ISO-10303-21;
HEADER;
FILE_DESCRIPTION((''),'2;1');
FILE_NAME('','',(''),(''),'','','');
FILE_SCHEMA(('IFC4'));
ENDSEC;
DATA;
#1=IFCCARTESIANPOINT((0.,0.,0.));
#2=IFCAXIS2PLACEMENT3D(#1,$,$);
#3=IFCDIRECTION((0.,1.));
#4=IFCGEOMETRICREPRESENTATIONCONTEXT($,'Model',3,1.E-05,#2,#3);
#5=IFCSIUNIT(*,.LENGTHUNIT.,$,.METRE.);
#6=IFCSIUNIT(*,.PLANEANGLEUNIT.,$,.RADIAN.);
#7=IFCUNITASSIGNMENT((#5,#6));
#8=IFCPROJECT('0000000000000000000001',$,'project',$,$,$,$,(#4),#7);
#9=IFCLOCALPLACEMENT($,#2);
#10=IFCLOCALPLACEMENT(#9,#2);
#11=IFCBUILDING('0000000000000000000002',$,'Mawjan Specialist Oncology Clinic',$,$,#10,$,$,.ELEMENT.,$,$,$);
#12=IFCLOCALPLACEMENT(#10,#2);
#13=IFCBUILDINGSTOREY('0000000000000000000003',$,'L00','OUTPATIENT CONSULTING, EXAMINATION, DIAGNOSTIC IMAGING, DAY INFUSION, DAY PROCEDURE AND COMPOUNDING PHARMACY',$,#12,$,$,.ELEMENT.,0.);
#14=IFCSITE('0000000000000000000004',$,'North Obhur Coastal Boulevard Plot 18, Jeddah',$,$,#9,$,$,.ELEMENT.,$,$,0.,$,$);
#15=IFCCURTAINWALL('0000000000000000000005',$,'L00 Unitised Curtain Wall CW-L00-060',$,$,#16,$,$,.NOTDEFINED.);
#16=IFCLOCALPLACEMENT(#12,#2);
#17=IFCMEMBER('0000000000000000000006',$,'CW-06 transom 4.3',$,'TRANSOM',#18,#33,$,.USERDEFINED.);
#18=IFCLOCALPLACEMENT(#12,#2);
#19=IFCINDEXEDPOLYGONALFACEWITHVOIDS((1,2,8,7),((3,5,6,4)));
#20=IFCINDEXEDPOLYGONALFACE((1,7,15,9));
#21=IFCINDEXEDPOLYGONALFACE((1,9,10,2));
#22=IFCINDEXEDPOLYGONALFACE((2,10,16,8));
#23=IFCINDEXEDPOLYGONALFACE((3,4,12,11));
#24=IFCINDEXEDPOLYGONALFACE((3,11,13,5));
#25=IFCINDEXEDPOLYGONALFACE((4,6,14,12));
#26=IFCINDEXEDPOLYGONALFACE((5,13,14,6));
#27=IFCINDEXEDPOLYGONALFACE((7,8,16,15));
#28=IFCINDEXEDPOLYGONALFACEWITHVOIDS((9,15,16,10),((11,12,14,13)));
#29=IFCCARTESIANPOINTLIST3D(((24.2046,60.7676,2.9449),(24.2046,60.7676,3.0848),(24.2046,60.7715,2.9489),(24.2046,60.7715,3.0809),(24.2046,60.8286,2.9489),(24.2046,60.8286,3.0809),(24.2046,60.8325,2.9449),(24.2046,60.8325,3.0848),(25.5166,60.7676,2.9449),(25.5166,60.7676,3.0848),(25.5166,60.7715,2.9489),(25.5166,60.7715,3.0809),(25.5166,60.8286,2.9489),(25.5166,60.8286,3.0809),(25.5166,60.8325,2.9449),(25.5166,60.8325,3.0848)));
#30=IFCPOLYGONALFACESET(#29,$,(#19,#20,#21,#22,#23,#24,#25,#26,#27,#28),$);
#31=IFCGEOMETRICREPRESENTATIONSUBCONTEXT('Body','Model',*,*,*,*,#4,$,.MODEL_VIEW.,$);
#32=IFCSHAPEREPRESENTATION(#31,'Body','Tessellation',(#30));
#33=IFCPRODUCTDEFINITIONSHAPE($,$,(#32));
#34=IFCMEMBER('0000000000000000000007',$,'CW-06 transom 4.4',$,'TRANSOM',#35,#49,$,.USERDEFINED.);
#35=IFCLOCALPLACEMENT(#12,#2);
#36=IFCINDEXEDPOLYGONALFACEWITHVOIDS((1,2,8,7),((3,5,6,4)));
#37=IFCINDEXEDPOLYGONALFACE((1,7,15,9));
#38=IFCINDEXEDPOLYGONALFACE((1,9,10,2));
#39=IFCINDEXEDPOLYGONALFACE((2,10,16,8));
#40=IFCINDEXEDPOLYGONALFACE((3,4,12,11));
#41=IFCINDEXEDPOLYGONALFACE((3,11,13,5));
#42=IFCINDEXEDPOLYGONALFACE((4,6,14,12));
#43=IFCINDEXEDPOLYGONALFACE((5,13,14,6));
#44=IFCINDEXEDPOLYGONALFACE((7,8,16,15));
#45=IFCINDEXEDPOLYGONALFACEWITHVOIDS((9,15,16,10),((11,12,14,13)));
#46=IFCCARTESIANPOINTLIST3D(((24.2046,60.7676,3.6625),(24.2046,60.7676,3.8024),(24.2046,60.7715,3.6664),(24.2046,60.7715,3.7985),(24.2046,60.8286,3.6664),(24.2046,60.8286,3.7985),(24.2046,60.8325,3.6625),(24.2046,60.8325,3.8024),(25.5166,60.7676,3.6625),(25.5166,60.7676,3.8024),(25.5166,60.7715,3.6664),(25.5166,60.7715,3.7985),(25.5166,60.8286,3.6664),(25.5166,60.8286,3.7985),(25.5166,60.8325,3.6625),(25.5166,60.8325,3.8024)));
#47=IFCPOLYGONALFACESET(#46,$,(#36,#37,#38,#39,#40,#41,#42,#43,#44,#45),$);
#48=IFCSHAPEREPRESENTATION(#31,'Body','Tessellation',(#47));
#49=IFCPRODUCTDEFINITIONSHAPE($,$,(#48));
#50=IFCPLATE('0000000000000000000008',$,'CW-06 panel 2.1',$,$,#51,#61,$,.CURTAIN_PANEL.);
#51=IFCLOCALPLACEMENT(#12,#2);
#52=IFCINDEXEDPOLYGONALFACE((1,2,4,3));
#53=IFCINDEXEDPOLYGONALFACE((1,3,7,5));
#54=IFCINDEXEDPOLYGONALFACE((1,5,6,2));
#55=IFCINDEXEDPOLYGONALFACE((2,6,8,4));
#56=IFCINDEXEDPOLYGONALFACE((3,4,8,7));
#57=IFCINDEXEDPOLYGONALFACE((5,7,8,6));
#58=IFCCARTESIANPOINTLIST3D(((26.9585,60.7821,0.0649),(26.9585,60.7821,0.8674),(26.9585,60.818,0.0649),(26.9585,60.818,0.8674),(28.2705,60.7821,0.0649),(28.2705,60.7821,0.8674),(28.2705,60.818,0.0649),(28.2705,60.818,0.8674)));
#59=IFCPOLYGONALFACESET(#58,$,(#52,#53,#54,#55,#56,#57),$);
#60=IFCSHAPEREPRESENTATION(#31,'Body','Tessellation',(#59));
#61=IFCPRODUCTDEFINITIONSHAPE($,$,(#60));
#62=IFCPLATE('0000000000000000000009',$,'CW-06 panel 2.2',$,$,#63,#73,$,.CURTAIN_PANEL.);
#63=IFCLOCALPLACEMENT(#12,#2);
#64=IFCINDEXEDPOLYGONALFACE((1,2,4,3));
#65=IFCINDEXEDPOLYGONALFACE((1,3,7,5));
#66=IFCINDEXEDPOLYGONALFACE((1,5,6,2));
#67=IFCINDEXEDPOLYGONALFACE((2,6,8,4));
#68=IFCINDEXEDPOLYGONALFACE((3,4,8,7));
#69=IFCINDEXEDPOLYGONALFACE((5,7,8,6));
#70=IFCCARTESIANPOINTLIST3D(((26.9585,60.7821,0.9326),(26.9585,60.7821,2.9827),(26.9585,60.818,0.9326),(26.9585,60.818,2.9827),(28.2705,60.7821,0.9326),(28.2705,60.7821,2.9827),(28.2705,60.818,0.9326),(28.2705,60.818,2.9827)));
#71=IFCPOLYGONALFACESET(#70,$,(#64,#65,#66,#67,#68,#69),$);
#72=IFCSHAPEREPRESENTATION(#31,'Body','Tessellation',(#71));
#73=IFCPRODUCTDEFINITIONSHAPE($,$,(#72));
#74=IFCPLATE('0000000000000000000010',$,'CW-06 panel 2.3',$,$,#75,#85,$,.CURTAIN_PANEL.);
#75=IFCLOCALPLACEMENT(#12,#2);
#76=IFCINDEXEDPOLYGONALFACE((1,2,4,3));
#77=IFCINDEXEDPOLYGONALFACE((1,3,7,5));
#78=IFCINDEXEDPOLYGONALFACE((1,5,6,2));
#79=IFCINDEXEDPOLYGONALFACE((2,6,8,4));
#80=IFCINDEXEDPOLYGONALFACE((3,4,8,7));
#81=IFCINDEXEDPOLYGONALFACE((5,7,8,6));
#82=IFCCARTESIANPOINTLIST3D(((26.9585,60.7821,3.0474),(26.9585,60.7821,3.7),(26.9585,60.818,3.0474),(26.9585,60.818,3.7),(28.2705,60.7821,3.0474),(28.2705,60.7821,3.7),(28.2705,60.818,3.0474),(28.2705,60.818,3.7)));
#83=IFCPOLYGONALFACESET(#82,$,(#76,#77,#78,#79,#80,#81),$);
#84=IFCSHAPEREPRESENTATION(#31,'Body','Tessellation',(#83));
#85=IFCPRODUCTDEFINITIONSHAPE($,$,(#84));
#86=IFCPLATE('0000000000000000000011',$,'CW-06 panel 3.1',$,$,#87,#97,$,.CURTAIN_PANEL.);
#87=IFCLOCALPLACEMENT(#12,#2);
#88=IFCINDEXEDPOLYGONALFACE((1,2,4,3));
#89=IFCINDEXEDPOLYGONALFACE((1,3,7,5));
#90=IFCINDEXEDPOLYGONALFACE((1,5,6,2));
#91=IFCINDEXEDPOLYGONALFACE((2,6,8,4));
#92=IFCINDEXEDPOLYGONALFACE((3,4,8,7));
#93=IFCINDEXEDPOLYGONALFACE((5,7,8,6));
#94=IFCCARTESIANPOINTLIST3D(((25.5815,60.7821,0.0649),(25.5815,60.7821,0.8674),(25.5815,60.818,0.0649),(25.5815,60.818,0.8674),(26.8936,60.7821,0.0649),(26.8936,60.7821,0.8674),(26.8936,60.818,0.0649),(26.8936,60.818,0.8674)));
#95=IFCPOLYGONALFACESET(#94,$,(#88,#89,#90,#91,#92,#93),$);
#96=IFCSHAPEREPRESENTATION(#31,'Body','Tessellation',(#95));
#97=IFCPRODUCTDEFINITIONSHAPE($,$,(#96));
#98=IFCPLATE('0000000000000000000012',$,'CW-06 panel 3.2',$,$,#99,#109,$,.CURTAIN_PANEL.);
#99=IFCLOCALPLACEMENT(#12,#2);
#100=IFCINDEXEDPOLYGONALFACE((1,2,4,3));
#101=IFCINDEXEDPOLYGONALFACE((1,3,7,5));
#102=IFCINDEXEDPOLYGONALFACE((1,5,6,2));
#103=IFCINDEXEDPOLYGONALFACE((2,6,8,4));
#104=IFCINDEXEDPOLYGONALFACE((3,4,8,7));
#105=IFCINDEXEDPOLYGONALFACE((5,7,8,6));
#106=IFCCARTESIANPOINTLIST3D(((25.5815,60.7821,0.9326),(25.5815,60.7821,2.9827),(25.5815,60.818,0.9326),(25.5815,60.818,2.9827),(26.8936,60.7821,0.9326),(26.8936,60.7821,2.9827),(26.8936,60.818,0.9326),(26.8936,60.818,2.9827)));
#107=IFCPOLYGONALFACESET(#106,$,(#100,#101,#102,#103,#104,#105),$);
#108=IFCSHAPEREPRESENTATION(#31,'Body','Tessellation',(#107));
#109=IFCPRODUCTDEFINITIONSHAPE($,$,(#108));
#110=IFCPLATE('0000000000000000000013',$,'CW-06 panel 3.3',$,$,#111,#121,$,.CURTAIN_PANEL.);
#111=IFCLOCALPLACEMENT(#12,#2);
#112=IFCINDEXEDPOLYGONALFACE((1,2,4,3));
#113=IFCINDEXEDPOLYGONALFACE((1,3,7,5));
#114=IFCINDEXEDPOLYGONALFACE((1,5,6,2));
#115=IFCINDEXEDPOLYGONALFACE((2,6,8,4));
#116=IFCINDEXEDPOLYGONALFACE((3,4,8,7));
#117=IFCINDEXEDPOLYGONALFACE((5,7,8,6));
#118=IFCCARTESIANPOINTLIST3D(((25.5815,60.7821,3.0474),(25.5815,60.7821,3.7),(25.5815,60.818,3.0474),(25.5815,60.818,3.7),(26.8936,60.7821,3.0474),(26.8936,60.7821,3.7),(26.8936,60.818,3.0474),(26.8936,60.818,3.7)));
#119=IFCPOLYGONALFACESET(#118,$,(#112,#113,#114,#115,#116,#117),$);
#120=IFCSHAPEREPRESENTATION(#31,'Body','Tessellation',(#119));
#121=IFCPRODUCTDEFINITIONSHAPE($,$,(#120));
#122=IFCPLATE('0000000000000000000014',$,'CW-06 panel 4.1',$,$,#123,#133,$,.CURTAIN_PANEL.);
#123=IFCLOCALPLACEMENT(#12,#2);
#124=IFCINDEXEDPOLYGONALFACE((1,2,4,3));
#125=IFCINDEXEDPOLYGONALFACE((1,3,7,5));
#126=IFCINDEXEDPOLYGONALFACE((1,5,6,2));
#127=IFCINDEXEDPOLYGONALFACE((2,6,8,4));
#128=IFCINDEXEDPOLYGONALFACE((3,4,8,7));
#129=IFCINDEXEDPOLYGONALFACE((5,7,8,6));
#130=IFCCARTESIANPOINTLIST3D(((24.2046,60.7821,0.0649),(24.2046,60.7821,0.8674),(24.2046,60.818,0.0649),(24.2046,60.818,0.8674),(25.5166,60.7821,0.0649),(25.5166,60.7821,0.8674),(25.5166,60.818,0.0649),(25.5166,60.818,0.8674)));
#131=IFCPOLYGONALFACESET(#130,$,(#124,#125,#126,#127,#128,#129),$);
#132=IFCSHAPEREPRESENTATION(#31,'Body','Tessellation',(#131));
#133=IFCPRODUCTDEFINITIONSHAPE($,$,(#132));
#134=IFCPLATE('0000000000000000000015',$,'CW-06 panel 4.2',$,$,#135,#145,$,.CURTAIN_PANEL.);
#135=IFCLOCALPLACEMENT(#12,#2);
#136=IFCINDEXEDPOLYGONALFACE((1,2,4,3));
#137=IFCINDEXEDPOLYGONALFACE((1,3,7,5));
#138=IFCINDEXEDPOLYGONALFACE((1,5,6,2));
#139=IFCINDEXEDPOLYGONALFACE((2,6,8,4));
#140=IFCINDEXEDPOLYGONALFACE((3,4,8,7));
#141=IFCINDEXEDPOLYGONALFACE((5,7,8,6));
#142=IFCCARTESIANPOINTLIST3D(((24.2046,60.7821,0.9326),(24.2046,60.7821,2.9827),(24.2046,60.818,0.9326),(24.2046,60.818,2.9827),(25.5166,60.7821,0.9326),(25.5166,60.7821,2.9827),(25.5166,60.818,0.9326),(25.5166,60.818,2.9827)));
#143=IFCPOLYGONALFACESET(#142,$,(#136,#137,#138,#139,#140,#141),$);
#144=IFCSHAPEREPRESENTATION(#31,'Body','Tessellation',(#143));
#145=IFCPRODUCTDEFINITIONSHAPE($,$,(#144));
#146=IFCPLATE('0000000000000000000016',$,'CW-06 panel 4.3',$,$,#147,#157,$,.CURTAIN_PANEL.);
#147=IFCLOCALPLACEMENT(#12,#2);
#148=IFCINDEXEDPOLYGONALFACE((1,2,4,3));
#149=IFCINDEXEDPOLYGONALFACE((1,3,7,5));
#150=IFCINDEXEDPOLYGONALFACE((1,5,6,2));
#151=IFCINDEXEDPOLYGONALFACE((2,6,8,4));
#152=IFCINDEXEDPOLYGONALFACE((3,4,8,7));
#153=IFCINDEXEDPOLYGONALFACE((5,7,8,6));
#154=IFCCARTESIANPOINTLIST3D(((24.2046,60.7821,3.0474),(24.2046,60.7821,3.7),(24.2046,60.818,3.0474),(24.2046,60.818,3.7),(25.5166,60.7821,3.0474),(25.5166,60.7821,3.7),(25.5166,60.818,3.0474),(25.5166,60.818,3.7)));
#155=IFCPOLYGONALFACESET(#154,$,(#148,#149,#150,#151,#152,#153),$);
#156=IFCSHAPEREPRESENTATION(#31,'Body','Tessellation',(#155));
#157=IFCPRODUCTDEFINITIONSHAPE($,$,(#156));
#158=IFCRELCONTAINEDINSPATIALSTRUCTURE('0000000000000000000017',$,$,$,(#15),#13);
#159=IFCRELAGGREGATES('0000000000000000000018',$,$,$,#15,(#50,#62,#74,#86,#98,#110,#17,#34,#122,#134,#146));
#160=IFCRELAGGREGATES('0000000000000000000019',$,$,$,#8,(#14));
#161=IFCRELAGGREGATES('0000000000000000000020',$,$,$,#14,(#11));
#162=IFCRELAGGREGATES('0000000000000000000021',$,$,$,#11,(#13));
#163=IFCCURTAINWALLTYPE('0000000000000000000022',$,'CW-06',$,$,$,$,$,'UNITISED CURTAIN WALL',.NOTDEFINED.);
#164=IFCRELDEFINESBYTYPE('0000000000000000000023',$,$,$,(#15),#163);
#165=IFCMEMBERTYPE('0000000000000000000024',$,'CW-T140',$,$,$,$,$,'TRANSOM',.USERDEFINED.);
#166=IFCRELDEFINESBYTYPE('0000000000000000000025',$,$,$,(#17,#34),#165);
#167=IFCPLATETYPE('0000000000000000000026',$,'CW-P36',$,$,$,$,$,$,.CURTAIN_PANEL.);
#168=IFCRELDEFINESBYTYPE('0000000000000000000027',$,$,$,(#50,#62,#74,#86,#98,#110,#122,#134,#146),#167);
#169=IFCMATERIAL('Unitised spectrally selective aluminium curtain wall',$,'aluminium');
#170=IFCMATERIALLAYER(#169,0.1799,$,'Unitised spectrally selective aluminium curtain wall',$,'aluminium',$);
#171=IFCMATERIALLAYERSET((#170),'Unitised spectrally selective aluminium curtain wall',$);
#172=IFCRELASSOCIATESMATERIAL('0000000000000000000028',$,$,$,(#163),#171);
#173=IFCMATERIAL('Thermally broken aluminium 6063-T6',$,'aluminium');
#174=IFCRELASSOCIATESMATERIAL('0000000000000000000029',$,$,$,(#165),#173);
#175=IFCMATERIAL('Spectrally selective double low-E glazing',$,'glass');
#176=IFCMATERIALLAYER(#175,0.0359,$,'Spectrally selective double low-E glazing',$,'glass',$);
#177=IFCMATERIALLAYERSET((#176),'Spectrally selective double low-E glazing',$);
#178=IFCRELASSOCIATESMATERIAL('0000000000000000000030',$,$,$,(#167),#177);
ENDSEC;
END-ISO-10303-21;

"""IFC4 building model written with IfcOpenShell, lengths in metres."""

from ifc_helpers import new_model, si_unit, direction, frame, origin, origin_2d, place, context, subcontext, project, spatial, rectangle, hollow_rectangle, extrude, material, layer, layer_set, material_profile, profile_set, type_object, element, aggregate, save


model = new_model("IFC4")

# Units and contexts
model_context = context("Model", 3, precision=1e-05, world=origin(), true_north=direction((0.0, 1.0)))
body_context = subcontext(model_context, "Body", "Model", "MODEL_VIEW")
ifc_project = project(units=[si_unit("LENGTHUNIT", "METRE"), si_unit("PLANEANGLEUNIT", "RADIAN")], contexts=[model_context])

# Site, building, storey
site_placement = place(None, origin())
site = spatial("IfcSite", under=ifc_project, at=site_placement, Name="North Obhur Coastal Boulevard Plot 18, Jeddah", CompositionType="ELEMENT", RefElevation=0.0)
building_placement = place(site_placement, origin())
building = spatial("IfcBuilding", under=site, at=building_placement, Name="Mawjan Specialist Oncology Clinic", CompositionType="ELEMENT")
storey_placement = place(building_placement, origin())
storey = spatial("IfcBuildingStorey", under=building, at=storey_placement, Name="L00", Description="OUTPATIENT CONSULTING, EXAMINATION, DIAGNOSTIC IMAGING, DAY INFUSION, DAY PROCEDURE AND COMPOUNDING PHARMACY", CompositionType="ELEMENT", Elevation=0.0)

# Curtain wall, members, plates
ifc_material_1 = material(Name="Unitised spectrally selective aluminium curtain wall", Category="aluminium")
ifc_layer_1 = layer(ifc_material_1, 0.1799, Name="Unitised spectrally selective aluminium curtain wall", Category="aluminium")
ifc_layer_set_1 = layer_set([ifc_layer_1], Name="Unitised spectrally selective aluminium curtain wall")
curtain_wall_type = type_object("IfcCurtainWallType", Name="CW-06", ElementType="UNITISED CURTAIN WALL", PredefinedType="NOTDEFINED", material=ifc_layer_set_1)
curtain_wall_placement = place(storey_placement, origin())
curtain_wall = element("IfcCurtainWall", 1, at=curtain_wall_placement, inside=storey, type_object=curtain_wall_type, Name="L00 Unitised Curtain Wall CW-L00-060", PredefinedType="NOTDEFINED")
ifc_material_2 = material(Name="Thermally broken aluminium 6063-T6", Category="aluminium")
ifc_material_profile_1 = material_profile(ifc_material_2, hollow_rectangle(XDim=0.0649, YDim=0.1399, WallThickness=0.0039, at=origin_2d()), Name="ALU TRANSOM 140x65x4", Category="aluminium")
ifc_profile_set_1 = profile_set([ifc_material_profile_1], Name="Thermally broken aluminium 6063-T6")
member_type_1 = type_object("IfcMemberType", Name="CW-T140", ElementType="TRANSOM", PredefinedType="USERDEFINED", material=ifc_profile_set_1)
member_1_placement = place(storey_placement, frame((25.5166, 60.8, 3.0149), z_axis=(-1.0, 0.0, 0.0), x_axis=(0.0, -1.0, 0.0)))
member_1 = element("IfcMember", 2, at=member_1_placement, type_object=member_type_1, Name="CW-06 transom 4.3", ObjectType="TRANSOM", PredefinedType="USERDEFINED", context=body_context, shape_type="SweptSolid", body=[
    extrude(hollow_rectangle(XDim=0.0649, YDim=0.1399, WallThickness=0.0039, at=origin_2d()), origin(), (0.0, 0.0, 1.0), 1.312),
])
member_2_placement = place(storey_placement, frame((25.5166, 60.8, 3.7324), z_axis=(-1.0, 0.0, 0.0), x_axis=(0.0, -1.0, 0.0)))
member_2 = element("IfcMember", 3, at=member_2_placement, type_object=member_type_1, Name="CW-06 transom 4.4", ObjectType="TRANSOM", PredefinedType="USERDEFINED", context=body_context, shape_type="SweptSolid", body=[
    extrude(hollow_rectangle(XDim=0.0649, YDim=0.1399, WallThickness=0.0039, at=origin_2d()), origin(), (0.0, 0.0, 1.0), 1.312),
])
ifc_material_3 = material(Name="Spectrally selective double low-E glazing", Category="glass")
ifc_layer_2 = layer(ifc_material_3, 0.0359, Name="Spectrally selective double low-E glazing", Category="glass")
ifc_layer_set_2 = layer_set([ifc_layer_2], Name="Spectrally selective double low-E glazing")
plate_type = type_object("IfcPlateType", Name="CW-P36", PredefinedType="CURTAIN_PANEL", material=ifc_layer_set_2)
plate_1_placement = place(storey_placement, frame((27.6145, 60.8, 0.0649), z_axis=(0.0, 0.0, 1.0), x_axis=(-1.0, 0.0, 0.0)))
plate_1 = element("IfcPlate", 4, at=plate_1_placement, type_object=plate_type, Name="CW-06 panel 2.1", PredefinedType="CURTAIN_PANEL", context=body_context, shape_type="SweptSolid", body=[
    extrude(rectangle(XDim=1.312, YDim=0.0359, at=origin_2d()), origin(), (0.0, 0.0, 1.0), 0.8025),
])
plate_2_placement = place(storey_placement, frame((27.6145, 60.8, 0.9326), z_axis=(0.0, 0.0, 1.0), x_axis=(-1.0, 0.0, 0.0)))
plate_2 = element("IfcPlate", 5, at=plate_2_placement, type_object=plate_type, Name="CW-06 panel 2.2", PredefinedType="CURTAIN_PANEL", context=body_context, shape_type="SweptSolid", body=[
    extrude(rectangle(XDim=1.312, YDim=0.0359, at=origin_2d()), origin(), (0.0, 0.0, 1.0), 2.05),
])
plate_3_placement = place(storey_placement, frame((27.6145, 60.8, 3.0474), z_axis=(0.0, 0.0, 1.0), x_axis=(-1.0, 0.0, 0.0)))
plate_3 = element("IfcPlate", 6, at=plate_3_placement, type_object=plate_type, Name="CW-06 panel 2.3", PredefinedType="CURTAIN_PANEL", context=body_context, shape_type="SweptSolid", body=[
    extrude(rectangle(XDim=1.312, YDim=0.0359, at=origin_2d()), origin(), (0.0, 0.0, 1.0), 0.6526),
])
plate_4_placement = place(storey_placement, frame((26.2375, 60.8, 0.0649), z_axis=(0.0, 0.0, 1.0), x_axis=(-1.0, 0.0, 0.0)))
plate_4 = element("IfcPlate", 7, at=plate_4_placement, type_object=plate_type, Name="CW-06 panel 3.1", PredefinedType="CURTAIN_PANEL", context=body_context, shape_type="SweptSolid", body=[
    extrude(rectangle(XDim=1.312, YDim=0.0359, at=origin_2d()), origin(), (0.0, 0.0, 1.0), 0.8025),
])
plate_5_placement = place(storey_placement, frame((26.2375, 60.8, 0.9326), z_axis=(0.0, 0.0, 1.0), x_axis=(-1.0, 0.0, 0.0)))
plate_5 = element("IfcPlate", 8, at=plate_5_placement, type_object=plate_type, Name="CW-06 panel 3.2", PredefinedType="CURTAIN_PANEL", context=body_context, shape_type="SweptSolid", body=[
    extrude(rectangle(XDim=1.312, YDim=0.0359, at=origin_2d()), origin(), (0.0, 0.0, 1.0), 2.05),
])
plate_6_placement = place(storey_placement, frame((26.2375, 60.8, 3.0474), z_axis=(0.0, 0.0, 1.0), x_axis=(-1.0, 0.0, 0.0)))
plate_6 = element("IfcPlate", 9, at=plate_6_placement, type_object=plate_type, Name="CW-06 panel 3.3", PredefinedType="CURTAIN_PANEL", context=body_context, shape_type="SweptSolid", body=[
    extrude(rectangle(XDim=1.312, YDim=0.0359, at=origin_2d()), origin(), (0.0, 0.0, 1.0), 0.6526),
])
plate_7_placement = place(storey_placement, frame((24.8606, 60.8, 0.0649), z_axis=(0.0, 0.0, 1.0), x_axis=(-1.0, 0.0, 0.0)))
plate_7 = element("IfcPlate", 10, at=plate_7_placement, type_object=plate_type, Name="CW-06 panel 4.1", PredefinedType="CURTAIN_PANEL", context=body_context, shape_type="SweptSolid", body=[
    extrude(rectangle(XDim=1.312, YDim=0.0359, at=origin_2d()), origin(), (0.0, 0.0, 1.0), 0.8025),
])
plate_8_placement = place(storey_placement, frame((24.8606, 60.8, 0.9326), z_axis=(0.0, 0.0, 1.0), x_axis=(-1.0, 0.0, 0.0)))
plate_8 = element("IfcPlate", 11, at=plate_8_placement, type_object=plate_type, Name="CW-06 panel 4.2", PredefinedType="CURTAIN_PANEL", context=body_context, shape_type="SweptSolid", body=[
    extrude(rectangle(XDim=1.312, YDim=0.0359, at=origin_2d()), origin(), (0.0, 0.0, 1.0), 2.05),
])
plate_9_placement = place(storey_placement, frame((24.8606, 60.8, 3.0474), z_axis=(0.0, 0.0, 1.0), x_axis=(-1.0, 0.0, 0.0)))
plate_9 = element("IfcPlate", 12, at=plate_9_placement, type_object=plate_type, Name="CW-06 panel 4.3", PredefinedType="CURTAIN_PANEL", context=body_context, shape_type="SweptSolid", body=[
    extrude(rectangle(XDim=1.312, YDim=0.0359, at=origin_2d()), origin(), (0.0, 0.0, 1.0), 0.6526),
])
aggregate(curtain_wall, [plate_1, plate_2, plate_3, plate_4, plate_5, plate_6, member_1, member_2, plate_7, plate_8, plate_9])

save(model, "model.ifc")
